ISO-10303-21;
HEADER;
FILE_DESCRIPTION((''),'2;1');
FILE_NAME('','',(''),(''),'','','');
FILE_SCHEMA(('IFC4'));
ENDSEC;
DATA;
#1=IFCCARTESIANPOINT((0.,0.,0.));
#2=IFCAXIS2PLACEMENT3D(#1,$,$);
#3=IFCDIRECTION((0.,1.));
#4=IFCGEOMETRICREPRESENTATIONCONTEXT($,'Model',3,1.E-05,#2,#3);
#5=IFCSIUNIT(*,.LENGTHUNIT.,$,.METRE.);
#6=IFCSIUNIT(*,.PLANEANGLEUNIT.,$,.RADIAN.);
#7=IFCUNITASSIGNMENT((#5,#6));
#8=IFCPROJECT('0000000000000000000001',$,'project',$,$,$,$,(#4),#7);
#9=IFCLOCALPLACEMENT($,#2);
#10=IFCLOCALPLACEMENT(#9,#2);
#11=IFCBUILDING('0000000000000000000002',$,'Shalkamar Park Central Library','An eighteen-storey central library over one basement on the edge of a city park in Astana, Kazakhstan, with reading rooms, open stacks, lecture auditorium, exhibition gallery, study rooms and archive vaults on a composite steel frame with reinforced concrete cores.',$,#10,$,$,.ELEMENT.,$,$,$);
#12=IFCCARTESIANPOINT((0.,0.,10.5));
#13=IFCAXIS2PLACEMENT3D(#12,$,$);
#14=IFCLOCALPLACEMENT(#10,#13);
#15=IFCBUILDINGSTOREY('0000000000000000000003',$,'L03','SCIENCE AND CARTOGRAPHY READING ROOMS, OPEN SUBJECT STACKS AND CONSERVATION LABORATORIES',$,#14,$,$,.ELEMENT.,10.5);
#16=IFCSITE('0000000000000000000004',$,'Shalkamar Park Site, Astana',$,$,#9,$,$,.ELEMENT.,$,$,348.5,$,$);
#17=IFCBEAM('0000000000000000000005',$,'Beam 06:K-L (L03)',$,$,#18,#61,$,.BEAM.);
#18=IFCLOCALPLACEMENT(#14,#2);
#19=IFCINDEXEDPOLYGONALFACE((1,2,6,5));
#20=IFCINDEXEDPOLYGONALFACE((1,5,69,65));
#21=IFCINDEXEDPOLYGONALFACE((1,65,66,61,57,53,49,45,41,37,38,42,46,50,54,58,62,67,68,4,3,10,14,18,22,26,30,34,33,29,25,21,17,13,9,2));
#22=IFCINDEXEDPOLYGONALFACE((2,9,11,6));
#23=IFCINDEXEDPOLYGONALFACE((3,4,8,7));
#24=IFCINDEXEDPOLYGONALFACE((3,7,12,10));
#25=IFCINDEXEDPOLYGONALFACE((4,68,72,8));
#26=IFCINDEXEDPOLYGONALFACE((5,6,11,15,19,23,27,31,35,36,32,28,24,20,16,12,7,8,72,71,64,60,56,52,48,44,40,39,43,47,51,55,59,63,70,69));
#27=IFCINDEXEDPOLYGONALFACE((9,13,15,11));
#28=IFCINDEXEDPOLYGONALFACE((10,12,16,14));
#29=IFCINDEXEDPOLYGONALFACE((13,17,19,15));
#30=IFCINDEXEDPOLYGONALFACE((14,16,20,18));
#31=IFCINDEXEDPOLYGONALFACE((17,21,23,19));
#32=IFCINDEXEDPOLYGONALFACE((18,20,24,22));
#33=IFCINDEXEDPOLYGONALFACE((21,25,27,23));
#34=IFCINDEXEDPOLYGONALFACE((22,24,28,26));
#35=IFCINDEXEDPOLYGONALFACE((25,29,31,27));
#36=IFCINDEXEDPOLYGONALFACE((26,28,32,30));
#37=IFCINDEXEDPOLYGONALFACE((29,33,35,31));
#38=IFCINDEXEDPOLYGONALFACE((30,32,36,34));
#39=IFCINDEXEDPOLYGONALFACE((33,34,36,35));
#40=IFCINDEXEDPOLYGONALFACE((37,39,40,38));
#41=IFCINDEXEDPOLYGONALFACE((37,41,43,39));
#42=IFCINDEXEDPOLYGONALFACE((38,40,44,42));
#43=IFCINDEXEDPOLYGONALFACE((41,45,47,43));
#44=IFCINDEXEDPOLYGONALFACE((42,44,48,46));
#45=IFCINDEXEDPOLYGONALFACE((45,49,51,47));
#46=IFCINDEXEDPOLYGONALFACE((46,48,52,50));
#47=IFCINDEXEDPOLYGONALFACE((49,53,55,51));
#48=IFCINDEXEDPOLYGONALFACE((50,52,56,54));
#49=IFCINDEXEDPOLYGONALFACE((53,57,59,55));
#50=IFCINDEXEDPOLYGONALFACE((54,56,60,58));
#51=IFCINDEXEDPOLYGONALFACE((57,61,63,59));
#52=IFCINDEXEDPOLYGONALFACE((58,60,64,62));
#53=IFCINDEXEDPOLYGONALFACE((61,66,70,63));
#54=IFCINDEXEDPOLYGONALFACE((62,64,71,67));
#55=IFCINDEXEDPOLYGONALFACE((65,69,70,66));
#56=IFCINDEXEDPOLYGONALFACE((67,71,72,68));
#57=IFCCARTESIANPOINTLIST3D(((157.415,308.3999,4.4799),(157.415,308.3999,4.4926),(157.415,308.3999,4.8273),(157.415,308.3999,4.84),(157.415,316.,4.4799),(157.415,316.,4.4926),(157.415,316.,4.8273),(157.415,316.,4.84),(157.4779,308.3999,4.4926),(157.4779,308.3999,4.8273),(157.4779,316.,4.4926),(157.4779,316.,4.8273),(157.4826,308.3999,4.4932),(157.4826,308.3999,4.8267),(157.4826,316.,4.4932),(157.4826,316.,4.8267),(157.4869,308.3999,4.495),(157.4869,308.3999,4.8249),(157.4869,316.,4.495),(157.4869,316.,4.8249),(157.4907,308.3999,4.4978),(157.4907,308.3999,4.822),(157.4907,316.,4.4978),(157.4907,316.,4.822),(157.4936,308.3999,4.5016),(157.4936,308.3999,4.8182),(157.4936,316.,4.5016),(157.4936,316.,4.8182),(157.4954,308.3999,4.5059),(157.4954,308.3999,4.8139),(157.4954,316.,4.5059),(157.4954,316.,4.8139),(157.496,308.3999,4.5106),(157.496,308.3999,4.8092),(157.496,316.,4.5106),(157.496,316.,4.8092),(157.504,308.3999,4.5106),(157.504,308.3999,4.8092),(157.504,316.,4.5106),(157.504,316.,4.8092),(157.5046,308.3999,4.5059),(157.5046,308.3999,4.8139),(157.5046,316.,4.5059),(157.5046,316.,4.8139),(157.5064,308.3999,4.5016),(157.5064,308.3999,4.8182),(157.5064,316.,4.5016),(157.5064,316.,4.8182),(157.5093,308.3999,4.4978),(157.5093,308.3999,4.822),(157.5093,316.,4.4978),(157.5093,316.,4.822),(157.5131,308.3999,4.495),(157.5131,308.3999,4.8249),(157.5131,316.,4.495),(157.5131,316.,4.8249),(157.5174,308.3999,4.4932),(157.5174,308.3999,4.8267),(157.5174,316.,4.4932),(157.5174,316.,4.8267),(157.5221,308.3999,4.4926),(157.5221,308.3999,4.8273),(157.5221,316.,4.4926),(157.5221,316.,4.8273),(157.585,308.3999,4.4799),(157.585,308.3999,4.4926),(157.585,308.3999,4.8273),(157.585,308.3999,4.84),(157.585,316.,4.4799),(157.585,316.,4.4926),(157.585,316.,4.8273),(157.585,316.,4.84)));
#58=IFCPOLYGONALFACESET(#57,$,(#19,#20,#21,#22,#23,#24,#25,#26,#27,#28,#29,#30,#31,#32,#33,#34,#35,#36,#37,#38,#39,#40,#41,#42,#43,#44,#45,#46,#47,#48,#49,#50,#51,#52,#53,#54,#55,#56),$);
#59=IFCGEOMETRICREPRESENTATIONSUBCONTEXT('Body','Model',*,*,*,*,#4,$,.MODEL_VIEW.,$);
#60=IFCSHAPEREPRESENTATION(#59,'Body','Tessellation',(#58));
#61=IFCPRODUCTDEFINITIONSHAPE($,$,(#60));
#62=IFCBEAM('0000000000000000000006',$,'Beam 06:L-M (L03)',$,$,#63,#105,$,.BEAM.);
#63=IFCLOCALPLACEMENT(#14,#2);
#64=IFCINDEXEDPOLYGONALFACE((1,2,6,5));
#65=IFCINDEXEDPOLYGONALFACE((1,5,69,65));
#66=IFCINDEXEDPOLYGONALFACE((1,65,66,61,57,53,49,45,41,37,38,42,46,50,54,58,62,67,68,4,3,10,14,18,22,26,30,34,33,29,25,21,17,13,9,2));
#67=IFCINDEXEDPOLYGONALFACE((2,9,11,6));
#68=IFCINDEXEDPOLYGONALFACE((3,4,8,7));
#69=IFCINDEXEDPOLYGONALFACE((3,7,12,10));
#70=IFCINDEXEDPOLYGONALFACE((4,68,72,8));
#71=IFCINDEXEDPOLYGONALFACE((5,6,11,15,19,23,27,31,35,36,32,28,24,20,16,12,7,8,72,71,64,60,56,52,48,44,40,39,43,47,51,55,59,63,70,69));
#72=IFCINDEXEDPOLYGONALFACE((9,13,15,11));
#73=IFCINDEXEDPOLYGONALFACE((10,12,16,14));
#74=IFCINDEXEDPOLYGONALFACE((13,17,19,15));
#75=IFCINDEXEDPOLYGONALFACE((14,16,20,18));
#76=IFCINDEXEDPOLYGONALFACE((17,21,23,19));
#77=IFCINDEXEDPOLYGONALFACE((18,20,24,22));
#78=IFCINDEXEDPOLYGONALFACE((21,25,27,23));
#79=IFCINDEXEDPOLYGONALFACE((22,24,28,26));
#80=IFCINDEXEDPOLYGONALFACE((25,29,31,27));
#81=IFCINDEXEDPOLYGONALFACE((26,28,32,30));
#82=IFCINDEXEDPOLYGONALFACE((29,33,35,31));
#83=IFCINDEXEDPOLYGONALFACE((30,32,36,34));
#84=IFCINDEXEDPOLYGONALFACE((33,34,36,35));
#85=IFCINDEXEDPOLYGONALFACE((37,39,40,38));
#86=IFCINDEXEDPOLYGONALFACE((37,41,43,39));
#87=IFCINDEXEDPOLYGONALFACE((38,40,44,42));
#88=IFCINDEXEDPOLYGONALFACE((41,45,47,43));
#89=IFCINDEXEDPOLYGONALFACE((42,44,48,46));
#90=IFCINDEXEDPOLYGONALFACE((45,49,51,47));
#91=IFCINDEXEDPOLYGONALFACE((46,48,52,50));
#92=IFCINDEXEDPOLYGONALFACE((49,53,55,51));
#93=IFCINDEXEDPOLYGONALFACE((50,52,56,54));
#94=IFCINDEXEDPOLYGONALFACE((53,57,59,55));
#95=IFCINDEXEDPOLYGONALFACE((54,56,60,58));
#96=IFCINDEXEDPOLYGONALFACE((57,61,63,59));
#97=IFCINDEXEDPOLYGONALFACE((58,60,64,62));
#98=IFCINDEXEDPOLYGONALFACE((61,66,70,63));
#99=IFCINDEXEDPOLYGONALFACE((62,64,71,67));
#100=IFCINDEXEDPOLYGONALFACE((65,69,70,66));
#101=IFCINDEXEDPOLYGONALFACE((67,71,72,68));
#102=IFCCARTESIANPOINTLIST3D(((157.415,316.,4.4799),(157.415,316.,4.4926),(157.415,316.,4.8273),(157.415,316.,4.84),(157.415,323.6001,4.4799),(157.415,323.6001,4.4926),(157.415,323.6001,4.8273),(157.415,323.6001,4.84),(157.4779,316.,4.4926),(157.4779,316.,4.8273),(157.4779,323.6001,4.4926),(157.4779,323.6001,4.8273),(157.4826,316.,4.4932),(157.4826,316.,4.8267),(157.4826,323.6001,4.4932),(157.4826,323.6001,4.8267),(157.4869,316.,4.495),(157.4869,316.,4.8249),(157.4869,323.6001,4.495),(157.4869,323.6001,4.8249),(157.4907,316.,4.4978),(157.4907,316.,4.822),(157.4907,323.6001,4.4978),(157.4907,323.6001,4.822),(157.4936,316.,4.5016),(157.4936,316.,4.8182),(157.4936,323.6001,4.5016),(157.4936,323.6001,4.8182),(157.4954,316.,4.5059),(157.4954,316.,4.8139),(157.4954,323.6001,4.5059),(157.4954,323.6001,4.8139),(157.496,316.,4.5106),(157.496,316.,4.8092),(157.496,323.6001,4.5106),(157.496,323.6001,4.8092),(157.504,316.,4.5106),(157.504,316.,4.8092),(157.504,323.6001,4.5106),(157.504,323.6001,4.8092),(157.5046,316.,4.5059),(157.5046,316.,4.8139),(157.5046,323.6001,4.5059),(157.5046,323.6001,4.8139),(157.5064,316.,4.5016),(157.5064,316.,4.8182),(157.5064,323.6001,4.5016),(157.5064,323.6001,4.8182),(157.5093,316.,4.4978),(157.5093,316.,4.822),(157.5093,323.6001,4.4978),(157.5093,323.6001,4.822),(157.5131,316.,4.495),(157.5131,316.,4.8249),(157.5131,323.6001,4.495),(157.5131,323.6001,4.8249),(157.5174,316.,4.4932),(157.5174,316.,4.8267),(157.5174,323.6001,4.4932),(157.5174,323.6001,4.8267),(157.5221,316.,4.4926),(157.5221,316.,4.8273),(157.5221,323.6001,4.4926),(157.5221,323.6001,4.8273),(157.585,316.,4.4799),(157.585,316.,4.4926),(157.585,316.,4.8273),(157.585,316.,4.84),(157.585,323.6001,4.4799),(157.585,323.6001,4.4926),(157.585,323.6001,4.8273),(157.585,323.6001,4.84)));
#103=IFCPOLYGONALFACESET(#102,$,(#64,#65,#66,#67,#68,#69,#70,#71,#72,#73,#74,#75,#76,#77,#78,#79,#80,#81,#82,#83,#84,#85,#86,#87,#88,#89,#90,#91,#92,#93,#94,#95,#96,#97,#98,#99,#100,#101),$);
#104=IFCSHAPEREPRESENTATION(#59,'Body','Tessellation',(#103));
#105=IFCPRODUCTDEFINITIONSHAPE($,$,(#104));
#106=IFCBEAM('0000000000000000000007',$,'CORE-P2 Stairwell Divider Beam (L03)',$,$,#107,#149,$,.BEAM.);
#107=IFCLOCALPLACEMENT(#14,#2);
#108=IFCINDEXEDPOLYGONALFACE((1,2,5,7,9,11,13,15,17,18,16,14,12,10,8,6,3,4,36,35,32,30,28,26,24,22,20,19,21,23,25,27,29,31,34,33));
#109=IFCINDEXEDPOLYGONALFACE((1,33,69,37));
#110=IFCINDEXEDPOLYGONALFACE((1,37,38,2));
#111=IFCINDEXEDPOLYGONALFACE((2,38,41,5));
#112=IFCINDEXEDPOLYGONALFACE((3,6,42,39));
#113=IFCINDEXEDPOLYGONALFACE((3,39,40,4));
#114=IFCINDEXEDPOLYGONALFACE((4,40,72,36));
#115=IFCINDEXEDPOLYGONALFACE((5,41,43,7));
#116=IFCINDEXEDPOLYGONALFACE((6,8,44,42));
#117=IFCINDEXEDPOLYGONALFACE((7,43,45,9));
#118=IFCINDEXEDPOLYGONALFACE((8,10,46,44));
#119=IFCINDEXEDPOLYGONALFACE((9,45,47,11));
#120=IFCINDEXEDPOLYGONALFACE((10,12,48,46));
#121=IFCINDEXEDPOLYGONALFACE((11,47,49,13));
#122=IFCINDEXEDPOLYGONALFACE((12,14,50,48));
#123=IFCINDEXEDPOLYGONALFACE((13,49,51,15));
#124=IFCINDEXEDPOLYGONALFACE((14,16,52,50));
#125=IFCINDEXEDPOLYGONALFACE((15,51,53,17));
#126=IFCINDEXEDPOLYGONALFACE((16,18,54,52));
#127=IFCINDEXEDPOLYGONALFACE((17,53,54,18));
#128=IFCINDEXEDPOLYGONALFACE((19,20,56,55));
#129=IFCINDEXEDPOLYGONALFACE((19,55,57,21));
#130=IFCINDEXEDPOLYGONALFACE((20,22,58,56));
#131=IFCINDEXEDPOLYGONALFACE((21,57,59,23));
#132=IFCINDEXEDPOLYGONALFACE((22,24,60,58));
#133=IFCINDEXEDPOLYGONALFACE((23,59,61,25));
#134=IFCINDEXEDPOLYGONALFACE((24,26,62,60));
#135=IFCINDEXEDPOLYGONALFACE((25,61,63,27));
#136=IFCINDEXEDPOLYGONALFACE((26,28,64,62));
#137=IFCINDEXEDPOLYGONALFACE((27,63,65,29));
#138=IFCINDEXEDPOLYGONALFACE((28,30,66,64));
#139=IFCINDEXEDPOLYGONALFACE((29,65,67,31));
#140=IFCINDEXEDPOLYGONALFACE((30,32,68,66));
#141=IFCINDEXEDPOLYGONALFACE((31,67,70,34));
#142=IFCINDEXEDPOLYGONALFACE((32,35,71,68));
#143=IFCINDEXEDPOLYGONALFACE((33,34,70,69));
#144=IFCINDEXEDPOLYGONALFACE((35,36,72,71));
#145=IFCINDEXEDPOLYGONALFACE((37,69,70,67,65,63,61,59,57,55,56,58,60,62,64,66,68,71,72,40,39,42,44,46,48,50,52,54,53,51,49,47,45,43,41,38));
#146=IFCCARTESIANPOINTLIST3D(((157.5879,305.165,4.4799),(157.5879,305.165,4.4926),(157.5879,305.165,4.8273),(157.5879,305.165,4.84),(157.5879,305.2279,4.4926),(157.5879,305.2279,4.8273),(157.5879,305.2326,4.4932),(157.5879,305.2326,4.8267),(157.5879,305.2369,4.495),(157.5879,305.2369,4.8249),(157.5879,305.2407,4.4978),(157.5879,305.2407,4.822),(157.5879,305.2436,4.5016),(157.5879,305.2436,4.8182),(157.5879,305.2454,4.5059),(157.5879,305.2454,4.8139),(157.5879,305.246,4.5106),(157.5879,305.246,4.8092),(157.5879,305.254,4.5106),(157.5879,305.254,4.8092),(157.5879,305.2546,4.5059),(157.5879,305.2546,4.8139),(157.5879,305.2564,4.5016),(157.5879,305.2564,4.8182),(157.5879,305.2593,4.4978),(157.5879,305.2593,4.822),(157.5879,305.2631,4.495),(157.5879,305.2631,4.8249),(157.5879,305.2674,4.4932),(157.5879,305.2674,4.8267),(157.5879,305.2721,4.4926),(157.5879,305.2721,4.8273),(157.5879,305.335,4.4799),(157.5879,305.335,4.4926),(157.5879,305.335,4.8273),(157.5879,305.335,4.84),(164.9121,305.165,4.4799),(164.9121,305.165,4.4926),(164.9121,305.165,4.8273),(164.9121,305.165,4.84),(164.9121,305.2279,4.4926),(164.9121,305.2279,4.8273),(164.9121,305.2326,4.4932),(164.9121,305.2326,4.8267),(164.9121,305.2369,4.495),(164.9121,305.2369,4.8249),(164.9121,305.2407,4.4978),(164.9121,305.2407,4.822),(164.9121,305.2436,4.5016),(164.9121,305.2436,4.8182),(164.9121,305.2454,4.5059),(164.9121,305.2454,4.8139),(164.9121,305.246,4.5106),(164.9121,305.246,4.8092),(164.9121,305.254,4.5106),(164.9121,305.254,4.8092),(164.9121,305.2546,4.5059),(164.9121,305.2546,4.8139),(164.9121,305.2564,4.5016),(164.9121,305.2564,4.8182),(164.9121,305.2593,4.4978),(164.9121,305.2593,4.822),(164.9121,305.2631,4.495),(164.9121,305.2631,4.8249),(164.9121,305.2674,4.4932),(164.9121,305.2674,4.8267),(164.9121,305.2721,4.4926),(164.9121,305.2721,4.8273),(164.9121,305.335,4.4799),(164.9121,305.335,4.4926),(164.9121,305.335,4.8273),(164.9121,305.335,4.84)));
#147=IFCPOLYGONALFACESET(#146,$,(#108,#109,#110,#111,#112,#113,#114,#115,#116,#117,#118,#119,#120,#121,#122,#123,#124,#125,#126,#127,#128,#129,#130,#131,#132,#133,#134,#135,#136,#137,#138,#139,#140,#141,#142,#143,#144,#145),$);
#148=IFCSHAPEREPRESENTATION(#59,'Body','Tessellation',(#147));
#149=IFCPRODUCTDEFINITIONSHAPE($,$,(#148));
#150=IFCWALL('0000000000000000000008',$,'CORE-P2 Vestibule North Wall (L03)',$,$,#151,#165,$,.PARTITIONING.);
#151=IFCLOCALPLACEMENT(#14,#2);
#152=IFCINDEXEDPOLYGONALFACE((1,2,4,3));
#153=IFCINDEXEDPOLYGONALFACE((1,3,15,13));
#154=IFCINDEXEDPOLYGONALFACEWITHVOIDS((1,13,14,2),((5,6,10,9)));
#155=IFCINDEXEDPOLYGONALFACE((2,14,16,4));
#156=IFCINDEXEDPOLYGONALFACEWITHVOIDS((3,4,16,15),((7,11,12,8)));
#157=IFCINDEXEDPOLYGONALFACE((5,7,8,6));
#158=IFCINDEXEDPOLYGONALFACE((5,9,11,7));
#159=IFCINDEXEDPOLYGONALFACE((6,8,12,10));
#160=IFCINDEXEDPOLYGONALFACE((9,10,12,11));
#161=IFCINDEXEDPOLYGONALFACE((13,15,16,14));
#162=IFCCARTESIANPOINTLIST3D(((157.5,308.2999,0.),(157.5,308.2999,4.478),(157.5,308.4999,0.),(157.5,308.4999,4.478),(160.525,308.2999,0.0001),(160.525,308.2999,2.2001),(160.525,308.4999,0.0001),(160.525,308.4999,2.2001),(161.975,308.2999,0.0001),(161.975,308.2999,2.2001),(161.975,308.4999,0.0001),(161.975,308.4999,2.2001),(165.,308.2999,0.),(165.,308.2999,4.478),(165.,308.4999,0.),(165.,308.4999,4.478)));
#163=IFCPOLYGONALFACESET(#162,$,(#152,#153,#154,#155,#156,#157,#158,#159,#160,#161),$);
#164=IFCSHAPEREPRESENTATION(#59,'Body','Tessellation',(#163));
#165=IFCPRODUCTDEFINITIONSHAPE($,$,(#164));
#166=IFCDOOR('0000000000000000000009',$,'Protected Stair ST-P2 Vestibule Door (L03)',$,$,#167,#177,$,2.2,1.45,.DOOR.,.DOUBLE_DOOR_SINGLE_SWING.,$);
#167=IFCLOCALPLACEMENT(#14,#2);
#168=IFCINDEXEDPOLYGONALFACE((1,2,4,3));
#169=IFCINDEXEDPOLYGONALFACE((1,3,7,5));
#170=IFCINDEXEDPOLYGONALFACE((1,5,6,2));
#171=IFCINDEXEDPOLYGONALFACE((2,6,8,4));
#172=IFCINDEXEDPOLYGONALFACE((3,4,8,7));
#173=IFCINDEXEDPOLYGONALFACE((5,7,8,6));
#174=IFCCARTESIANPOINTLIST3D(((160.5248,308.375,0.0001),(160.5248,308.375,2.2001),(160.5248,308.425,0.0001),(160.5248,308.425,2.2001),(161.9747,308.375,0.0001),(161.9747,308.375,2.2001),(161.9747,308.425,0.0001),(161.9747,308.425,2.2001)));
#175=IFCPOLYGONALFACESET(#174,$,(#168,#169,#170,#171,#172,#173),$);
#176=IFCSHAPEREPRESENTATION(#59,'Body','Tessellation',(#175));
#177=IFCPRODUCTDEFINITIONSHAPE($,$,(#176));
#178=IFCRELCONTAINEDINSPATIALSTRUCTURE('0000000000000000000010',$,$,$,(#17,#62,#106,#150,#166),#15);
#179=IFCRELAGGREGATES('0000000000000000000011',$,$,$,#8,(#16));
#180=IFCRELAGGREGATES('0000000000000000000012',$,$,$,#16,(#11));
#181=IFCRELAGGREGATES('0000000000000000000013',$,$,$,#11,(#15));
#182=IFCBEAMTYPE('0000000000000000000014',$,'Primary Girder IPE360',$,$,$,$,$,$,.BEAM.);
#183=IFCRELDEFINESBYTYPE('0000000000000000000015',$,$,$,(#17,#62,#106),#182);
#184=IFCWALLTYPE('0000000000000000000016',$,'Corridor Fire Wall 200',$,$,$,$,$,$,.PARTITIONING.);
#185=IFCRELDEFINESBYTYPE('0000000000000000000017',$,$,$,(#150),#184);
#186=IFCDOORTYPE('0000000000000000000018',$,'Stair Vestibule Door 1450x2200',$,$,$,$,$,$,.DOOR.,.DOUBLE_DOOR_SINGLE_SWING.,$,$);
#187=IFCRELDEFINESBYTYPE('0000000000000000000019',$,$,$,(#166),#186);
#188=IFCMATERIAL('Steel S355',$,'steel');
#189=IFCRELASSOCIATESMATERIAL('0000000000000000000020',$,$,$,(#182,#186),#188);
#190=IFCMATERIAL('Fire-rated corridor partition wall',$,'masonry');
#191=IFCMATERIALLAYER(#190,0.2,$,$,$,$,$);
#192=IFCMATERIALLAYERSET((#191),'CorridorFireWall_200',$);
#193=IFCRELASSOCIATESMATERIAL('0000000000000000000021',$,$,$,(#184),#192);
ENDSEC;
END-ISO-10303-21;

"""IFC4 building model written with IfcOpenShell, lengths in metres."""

from ifc_helpers import new_model, si_unit, direction, frame, frame_2d, origin, origin_2d, place, context, subcontext, project, spatial, rectangle, i_section, extrude, material, layer, layer_set, material_profile, profile_set, type_object, element, fill, save


model = new_model("IFC4")

# Units and contexts
model_context = context("Model", 3, precision=1e-05, world=origin(), true_north=direction((0.0, 1.0)))
body_context = subcontext(model_context, "Body", "Model", "MODEL_VIEW")
ifc_project = project(units=[si_unit("LENGTHUNIT", "METRE"), si_unit("PLANEANGLEUNIT", "RADIAN")], contexts=[model_context])

# Site, building, storey
site_placement = place(None, origin())
site = spatial("IfcSite", under=ifc_project, at=site_placement, Name="Shalkamar Park Site, Astana", CompositionType="ELEMENT", RefElevation=348.5)
building_placement = place(site_placement, origin())
building = spatial("IfcBuilding", under=site, at=building_placement, Name="Shalkamar Park Central Library", Description="An eighteen-storey central library over one basement on the edge of a city park in Astana, Kazakhstan, with reading rooms, open stacks, lecture auditorium, exhibition gallery, study rooms and archive vaults on a composite steel frame with reinforced concrete cores.", CompositionType="ELEMENT")
storey_placement = place(building_placement, frame((0.0, 0.0, 10.5)))
storey = spatial("IfcBuildingStorey", under=building, at=storey_placement, Name="L03", Description="SCIENCE AND CARTOGRAPHY READING ROOMS, OPEN SUBJECT STACKS AND CONSERVATION LABORATORIES", CompositionType="ELEMENT", Elevation=10.5)

# Shared definitions
ifc_material_1 = material(Name="Steel S355", Category="steel")

# Beams
ifc_material_profile_1 = material_profile(ifc_material_1, i_section(OverallWidth=0.1699, OverallDepth=0.3601, WebThickness=0.0081, FlangeThickness=0.0127, FilletRadius=0.0181, at=origin_2d()), Name="IPE 360")
ifc_profile_set_1 = profile_set([ifc_material_profile_1], Name="Steel S355")
beam_type_1 = type_object("IfcBeamType", Name="Primary Girder IPE360", PredefinedType="BEAM", material=ifc_profile_set_1)
for number, where, z_axis, x_axis, name in (
    (1, (157.5, 308.3999, 4.6599), (0.0, 1.0, 0.0), (-1.0, 0.0, 0.0), "Beam 06:K-L (L03)"),
    (2, (157.5, 316.0, 4.6599), (0.0, 1.0, 0.0), (-1.0, 0.0, 0.0), "Beam 06:L-M (L03)"),
):
    element("IfcBeam", number, at=place(storey_placement, frame(where, z_axis=z_axis, x_axis=x_axis)), inside=storey, type_object=beam_type_1, Name=name, PredefinedType="BEAM", context=body_context, shape_type="SweptSolid", body=[
        extrude(i_section(OverallWidth=0.1699, OverallDepth=0.3601, WebThickness=0.0081, FlangeThickness=0.0127, FilletRadius=0.0181, at=origin_2d()), origin(), (0.0, 0.0, 1.0), 7.6001),
    ])
beam_placement = place(storey_placement, frame((157.5879, 305.25, 4.6599), z_axis=(1.0, 0.0, 0.0), x_axis=(0.0, 1.0, 0.0)))
element("IfcBeam", 3, at=beam_placement, inside=storey, type_object=beam_type_1, Name="CORE-P2 Stairwell Divider Beam (L03)", PredefinedType="BEAM", context=body_context, shape_type="SweptSolid", body=[
    extrude(i_section(OverallWidth=0.1699, OverallDepth=0.3601, WebThickness=0.0081, FlangeThickness=0.0127, FilletRadius=0.0181, at=origin_2d()), origin(), (0.0, 0.0, 1.0), 7.3242),
])

# Wall, opening, door
ifc_material_2 = material(Name="Fire-rated corridor partition wall", Category="masonry")
ifc_layer_1 = layer(ifc_material_2, 0.2)
ifc_layer_set_1 = layer_set([ifc_layer_1], Name="CorridorFireWall_200")
wall_type_1 = type_object("IfcWallType", Name="Corridor Fire Wall 200", PredefinedType="PARTITIONING", material=ifc_layer_set_1)
wall_1_placement = place(storey_placement, frame((157.5, 308.3999, 0.0), z_axis=(0.0, 0.0, 1.0), x_axis=(1.0, 0.0, 0.0)))
wall_1 = element("IfcWall", 4, at=wall_1_placement, inside=storey, type_object=wall_type_1, Name="CORE-P2 Vestibule North Wall (L03)", PredefinedType="PARTITIONING", context=body_context, shape_type="SweptSolid", body=[
    extrude(rectangle(XDim=7.5, YDim=0.2, at=frame_2d((3.75, 0.0))), origin(), (0.0, 0.0, 1.0), 4.478),
])
opening_1_placement = place(wall_1_placement, frame((3.0249, 0.0, 0.0)))
opening_1 = element("IfcOpeningElement", 5, at=opening_1_placement, cuts=wall_1, PredefinedType="OPENING", context=body_context, shape_type="SweptSolid", body=[
    extrude(rectangle(XDim=1.45, YDim=2.2, at=frame_2d((0.7251, 1.1001))), frame((0.0, 0.1147, 0.0), z_axis=(0.0, -1.0, 0.0), x_axis=(1.0, 0.0, 0.0)), (0.0, 0.0, 1.0), 0.2297),
])
door_type_1 = type_object("IfcDoorType", Name="Stair Vestibule Door 1450x2200", OperationType="DOUBLE_DOOR_SINGLE_SWING", PredefinedType="DOOR", material=ifc_material_1)
door_1_placement = place(opening_1_placement, frame((1.45, 0.0, 0.0), z_axis=(0.0, 0.0, 1.0), x_axis=(-1.0, 0.0, 0.0)))
door_1 = element("IfcDoor", 6, at=door_1_placement, inside=storey, type_object=door_type_1, Name="Protected Stair ST-P2 Vestibule Door (L03)", OperationType="DOUBLE_DOOR_SINGLE_SWING", OverallHeight=2.2, OverallWidth=1.45, PredefinedType="DOOR", context=body_context, shape_type="SweptSolid", body=[
    extrude(rectangle(XDim=1.45, YDim=2.2, at=frame_2d((0.7251, 1.1001))), frame((0.0, 0.0249, 0.0), z_axis=(0.0, -1.0, 0.0), x_axis=(1.0, 0.0, 0.0)), (0.0, 0.0, 1.0), 0.05),
])
fill(opening_1, door_1)

save(model, "model.ifc")
